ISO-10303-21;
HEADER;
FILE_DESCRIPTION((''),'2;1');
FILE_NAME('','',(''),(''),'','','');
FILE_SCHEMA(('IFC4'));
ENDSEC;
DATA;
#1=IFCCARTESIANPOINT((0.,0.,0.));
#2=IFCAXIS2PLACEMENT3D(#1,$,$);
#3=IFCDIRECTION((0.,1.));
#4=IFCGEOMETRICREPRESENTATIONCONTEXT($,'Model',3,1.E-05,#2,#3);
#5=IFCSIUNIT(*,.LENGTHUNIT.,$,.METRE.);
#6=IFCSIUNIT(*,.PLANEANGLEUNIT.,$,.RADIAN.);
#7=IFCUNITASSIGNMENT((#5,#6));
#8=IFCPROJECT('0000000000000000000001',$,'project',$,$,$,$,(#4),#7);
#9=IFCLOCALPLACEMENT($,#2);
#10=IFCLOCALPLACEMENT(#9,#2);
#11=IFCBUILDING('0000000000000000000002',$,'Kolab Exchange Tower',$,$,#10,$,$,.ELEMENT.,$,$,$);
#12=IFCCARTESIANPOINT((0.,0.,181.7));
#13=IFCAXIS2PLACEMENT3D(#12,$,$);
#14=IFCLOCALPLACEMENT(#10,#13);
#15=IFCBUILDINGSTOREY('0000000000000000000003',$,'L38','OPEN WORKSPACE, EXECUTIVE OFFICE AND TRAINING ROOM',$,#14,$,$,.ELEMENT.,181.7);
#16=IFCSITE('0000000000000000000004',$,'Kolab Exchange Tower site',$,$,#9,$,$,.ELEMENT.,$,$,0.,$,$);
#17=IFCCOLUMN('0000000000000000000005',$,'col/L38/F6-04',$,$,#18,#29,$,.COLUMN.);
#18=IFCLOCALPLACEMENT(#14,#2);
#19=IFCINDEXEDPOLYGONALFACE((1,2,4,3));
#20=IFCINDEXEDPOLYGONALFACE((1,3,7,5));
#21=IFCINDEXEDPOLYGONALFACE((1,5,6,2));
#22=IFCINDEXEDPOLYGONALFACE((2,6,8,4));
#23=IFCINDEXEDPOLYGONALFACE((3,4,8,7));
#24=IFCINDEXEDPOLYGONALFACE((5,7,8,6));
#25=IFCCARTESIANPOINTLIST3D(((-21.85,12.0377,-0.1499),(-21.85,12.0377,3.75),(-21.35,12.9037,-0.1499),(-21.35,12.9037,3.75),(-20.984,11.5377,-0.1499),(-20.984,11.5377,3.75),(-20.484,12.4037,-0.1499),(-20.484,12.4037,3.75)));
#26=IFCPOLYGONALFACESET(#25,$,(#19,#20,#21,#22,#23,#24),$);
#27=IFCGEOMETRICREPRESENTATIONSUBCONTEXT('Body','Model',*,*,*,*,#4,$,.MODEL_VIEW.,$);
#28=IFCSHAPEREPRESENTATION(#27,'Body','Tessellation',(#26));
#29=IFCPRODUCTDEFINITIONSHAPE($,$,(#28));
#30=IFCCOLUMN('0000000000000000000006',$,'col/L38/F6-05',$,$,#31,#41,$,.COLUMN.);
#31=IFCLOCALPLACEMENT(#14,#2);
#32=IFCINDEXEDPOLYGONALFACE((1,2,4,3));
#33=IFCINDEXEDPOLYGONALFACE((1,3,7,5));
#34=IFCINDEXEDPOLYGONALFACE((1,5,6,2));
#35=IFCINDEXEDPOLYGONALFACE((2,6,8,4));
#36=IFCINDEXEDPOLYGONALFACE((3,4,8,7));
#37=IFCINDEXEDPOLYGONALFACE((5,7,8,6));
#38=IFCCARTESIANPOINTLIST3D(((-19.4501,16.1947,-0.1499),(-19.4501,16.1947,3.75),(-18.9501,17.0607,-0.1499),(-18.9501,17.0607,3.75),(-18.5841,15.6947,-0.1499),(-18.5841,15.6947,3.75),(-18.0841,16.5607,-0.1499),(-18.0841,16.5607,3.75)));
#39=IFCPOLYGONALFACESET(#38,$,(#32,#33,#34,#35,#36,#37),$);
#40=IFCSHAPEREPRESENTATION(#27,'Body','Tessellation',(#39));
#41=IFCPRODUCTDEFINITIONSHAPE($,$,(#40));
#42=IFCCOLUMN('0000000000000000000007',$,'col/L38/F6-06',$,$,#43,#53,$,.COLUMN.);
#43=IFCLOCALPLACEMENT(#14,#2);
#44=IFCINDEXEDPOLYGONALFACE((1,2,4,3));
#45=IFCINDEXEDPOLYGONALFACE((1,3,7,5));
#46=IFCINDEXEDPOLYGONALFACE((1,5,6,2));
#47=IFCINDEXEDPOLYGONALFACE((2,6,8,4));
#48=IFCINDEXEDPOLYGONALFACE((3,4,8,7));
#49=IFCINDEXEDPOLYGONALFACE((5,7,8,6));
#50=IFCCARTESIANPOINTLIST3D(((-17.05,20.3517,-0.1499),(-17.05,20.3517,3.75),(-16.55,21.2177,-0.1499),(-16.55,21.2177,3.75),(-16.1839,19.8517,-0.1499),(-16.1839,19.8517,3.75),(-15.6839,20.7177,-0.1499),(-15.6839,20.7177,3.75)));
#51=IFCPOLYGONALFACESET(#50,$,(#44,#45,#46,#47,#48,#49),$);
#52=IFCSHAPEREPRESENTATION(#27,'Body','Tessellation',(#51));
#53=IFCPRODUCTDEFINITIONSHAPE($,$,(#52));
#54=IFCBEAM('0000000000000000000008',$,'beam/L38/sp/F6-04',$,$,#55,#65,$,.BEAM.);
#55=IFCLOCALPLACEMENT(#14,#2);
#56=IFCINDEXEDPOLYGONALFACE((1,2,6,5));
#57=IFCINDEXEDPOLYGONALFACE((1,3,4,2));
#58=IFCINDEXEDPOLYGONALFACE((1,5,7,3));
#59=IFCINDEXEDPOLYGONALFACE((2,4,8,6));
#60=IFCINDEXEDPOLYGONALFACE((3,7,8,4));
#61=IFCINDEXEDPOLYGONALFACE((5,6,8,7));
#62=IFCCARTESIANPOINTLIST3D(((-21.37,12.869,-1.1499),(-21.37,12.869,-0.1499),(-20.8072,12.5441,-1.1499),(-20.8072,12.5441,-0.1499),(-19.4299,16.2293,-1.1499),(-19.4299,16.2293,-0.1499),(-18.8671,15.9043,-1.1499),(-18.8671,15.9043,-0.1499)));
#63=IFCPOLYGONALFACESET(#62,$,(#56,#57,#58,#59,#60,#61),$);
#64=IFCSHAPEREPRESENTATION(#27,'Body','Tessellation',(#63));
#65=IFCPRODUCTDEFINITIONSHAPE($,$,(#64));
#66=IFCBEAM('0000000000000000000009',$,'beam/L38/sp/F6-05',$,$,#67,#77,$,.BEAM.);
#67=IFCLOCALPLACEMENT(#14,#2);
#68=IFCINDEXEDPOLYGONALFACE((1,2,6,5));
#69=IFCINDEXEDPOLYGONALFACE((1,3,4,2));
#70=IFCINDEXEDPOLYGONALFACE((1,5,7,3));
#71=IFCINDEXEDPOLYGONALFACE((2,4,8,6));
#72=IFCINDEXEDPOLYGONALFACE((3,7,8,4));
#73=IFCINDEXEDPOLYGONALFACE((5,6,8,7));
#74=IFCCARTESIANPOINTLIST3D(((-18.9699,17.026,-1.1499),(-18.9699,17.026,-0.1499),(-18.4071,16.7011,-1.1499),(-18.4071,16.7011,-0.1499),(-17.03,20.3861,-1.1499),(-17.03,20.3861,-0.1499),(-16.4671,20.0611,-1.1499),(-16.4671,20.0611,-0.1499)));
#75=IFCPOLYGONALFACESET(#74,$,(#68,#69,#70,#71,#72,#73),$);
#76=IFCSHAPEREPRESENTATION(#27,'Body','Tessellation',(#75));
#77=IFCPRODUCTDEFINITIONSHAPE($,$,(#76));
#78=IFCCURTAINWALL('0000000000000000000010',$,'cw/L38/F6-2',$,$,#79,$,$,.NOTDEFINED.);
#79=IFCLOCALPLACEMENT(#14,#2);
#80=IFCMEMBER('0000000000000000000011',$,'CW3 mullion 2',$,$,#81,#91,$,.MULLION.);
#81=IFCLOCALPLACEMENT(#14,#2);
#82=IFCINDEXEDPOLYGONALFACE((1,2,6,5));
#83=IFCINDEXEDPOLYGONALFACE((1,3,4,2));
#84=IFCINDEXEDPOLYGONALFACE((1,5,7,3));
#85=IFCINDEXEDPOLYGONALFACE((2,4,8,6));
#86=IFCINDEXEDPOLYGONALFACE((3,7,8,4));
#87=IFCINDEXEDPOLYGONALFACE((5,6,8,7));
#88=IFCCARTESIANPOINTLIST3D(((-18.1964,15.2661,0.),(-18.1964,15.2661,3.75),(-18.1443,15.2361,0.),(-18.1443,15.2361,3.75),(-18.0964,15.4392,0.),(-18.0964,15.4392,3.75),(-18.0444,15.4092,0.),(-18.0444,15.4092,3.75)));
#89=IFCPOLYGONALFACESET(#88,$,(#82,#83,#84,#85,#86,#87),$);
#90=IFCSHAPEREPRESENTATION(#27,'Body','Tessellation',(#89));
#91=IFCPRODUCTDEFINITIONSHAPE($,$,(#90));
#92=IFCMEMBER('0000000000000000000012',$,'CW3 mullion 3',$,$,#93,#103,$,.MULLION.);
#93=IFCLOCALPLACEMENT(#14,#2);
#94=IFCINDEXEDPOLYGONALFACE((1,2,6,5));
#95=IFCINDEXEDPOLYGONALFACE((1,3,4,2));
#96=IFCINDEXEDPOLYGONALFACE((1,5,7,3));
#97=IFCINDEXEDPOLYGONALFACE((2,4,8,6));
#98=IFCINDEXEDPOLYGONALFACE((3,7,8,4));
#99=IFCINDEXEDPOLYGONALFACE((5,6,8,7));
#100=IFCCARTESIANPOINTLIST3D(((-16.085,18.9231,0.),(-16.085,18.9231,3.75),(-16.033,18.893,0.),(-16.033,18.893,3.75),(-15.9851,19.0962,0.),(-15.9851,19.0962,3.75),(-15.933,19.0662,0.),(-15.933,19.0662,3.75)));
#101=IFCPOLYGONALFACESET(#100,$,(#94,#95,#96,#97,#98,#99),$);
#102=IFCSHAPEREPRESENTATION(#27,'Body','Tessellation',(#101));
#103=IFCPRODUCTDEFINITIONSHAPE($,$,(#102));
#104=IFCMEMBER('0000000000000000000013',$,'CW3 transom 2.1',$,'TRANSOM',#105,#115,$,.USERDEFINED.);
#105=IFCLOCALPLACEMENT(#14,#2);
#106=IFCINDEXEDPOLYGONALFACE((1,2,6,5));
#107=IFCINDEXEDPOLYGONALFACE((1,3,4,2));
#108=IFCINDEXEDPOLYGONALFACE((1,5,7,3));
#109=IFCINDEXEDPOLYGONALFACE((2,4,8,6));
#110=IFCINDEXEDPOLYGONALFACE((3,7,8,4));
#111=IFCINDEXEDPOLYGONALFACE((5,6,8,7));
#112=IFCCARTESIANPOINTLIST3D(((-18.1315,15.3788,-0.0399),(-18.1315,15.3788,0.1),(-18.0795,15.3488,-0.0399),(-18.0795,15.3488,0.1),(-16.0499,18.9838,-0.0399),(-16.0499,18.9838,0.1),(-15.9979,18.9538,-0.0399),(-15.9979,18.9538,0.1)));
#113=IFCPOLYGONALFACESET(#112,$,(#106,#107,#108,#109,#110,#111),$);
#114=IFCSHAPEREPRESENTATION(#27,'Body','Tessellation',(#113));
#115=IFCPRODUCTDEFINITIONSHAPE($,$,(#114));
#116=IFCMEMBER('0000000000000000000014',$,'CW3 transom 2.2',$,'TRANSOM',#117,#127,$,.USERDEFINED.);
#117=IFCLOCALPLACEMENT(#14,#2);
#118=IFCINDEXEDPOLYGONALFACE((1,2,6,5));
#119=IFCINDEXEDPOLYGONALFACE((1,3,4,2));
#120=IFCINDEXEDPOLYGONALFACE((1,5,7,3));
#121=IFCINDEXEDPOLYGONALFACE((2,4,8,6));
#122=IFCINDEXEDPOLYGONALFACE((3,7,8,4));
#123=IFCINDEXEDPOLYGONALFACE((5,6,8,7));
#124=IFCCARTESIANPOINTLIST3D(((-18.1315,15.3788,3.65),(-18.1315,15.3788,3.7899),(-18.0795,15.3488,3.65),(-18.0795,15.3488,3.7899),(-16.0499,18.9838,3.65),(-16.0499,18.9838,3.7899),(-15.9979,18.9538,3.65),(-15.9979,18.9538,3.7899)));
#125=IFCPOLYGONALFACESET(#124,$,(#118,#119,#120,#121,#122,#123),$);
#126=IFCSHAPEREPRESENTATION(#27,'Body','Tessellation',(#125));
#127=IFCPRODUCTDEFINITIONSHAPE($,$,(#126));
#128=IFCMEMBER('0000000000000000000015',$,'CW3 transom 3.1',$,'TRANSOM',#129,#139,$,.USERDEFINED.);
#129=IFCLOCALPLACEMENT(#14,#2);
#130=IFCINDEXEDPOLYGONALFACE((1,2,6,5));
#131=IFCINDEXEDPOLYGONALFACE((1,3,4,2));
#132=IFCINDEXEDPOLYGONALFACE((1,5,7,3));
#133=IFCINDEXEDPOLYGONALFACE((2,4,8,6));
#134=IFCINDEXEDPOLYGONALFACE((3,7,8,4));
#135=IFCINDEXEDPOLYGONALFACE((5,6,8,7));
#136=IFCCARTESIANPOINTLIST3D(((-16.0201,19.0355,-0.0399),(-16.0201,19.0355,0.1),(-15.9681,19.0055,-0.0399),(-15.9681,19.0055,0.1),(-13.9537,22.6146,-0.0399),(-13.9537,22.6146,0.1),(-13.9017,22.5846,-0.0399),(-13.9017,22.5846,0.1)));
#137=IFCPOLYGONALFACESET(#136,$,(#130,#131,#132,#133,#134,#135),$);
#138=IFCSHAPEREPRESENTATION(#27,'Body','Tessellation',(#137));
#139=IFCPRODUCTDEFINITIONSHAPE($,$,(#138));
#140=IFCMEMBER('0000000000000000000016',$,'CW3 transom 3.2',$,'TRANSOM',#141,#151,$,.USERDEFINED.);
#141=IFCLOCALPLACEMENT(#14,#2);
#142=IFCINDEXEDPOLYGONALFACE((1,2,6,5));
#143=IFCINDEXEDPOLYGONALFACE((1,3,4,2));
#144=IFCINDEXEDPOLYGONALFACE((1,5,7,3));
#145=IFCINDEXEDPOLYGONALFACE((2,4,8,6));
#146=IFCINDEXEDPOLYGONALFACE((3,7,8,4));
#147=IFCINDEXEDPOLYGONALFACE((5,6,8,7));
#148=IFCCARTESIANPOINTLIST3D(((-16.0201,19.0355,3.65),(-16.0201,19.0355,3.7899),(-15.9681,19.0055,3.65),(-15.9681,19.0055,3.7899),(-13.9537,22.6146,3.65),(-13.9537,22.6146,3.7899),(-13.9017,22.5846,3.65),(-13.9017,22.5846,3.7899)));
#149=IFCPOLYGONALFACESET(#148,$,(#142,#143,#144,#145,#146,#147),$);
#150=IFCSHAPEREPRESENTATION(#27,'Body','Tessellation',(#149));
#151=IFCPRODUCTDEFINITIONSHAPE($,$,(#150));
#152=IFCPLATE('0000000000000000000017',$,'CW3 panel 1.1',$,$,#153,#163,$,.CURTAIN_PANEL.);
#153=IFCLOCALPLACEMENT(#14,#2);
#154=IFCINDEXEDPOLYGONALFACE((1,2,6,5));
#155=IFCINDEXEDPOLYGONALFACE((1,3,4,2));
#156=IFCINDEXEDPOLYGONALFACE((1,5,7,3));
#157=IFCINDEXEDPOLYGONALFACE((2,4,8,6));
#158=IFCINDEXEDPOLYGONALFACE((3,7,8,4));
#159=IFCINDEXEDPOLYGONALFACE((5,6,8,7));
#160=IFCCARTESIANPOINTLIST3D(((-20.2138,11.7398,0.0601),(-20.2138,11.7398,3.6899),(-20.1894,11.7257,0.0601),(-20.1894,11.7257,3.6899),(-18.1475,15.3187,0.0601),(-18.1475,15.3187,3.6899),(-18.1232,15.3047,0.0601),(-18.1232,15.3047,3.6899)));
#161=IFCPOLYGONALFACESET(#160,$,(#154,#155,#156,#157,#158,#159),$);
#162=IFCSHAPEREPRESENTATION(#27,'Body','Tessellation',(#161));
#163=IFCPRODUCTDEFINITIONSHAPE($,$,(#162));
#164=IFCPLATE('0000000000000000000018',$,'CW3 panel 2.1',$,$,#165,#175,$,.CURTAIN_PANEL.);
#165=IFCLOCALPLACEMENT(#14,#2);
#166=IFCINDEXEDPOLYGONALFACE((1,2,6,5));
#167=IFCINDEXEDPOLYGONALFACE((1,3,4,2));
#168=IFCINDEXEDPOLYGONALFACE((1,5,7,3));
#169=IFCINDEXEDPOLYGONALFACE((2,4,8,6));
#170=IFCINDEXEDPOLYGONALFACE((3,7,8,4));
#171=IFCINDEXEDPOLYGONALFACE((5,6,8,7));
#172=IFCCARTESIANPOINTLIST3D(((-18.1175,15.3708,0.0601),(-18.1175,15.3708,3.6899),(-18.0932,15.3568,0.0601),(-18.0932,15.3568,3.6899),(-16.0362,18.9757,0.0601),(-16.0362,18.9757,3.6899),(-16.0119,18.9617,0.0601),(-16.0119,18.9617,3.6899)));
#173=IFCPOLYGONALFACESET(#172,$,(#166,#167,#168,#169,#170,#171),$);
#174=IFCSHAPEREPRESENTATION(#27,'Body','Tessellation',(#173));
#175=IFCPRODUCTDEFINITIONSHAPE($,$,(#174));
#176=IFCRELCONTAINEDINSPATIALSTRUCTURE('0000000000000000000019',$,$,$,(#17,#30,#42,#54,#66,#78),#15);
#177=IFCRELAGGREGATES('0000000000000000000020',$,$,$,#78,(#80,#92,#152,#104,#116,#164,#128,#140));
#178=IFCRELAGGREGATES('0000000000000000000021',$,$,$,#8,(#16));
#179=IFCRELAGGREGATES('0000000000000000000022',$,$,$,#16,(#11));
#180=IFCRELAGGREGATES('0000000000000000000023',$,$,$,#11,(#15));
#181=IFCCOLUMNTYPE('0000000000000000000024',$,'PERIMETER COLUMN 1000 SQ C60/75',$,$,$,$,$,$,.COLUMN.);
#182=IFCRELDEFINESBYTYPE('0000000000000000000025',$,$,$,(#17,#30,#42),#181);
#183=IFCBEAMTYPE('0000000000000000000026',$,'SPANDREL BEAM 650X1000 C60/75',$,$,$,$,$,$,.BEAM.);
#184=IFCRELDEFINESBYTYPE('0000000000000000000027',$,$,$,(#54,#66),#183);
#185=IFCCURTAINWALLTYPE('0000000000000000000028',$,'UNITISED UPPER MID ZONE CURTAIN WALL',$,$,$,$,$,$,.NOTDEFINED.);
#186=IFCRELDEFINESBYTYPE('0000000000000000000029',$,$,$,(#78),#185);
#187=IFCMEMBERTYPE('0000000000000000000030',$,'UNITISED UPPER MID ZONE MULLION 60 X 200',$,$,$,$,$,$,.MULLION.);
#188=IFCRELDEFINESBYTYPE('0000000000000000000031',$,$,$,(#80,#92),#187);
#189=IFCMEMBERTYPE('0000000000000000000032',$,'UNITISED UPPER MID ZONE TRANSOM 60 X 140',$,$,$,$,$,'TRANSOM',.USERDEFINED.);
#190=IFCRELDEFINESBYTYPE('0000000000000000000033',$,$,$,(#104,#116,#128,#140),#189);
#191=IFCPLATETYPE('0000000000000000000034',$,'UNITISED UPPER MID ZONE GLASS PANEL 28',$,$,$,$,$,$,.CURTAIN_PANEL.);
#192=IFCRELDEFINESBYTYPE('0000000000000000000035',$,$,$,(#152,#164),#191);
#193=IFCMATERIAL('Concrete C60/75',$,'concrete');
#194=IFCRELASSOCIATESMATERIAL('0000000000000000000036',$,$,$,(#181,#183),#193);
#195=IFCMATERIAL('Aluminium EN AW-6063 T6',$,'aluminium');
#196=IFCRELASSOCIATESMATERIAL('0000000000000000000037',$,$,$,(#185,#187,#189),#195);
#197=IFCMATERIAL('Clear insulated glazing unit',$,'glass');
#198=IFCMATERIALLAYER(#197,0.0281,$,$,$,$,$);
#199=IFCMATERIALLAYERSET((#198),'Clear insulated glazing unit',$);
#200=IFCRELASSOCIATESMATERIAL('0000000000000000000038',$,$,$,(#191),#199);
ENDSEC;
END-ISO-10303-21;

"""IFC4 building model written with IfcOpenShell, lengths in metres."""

from ifc_helpers import new_model, si_unit, direction, frame, origin, origin_2d, place, context, subcontext, project, spatial, rectangle, extrude, material, layer, layer_set, material_profile, profile_set, type_object, element, aggregate, save


model = new_model("IFC4")

# Units and contexts
model_context = context("Model", 3, precision=1e-05, world=origin(), true_north=direction((0.0, 1.0)))
body_context = subcontext(model_context, "Body", "Model", "MODEL_VIEW")
ifc_project = project(units=[si_unit("LENGTHUNIT", "METRE"), si_unit("PLANEANGLEUNIT", "RADIAN")], contexts=[model_context])

# Site, building, storey
site_placement = place(None, origin())
site = spatial("IfcSite", under=ifc_project, at=site_placement, Name="Kolab Exchange Tower site", CompositionType="ELEMENT", RefElevation=0.0)
building_placement = place(site_placement, origin())
building = spatial("IfcBuilding", under=site, at=building_placement, Name="Kolab Exchange Tower", CompositionType="ELEMENT")
storey_placement = place(building_placement, frame((0.0, 0.0, 181.7)))
storey = spatial("IfcBuildingStorey", under=building, at=storey_placement, Name="L38", Description="OPEN WORKSPACE, EXECUTIVE OFFICE AND TRAINING ROOM", CompositionType="ELEMENT", Elevation=181.7)

# Columns
ifc_material_1 = material(Name="Concrete C60/75", Category="concrete")
ifc_material_profile_1 = material_profile(ifc_material_1, rectangle(XDim=1.0, YDim=1.0, at=origin_2d()), Name="RC1000")
ifc_profile_set_1 = profile_set([ifc_material_profile_1], Name="Concrete C60/75")
column_type = type_object("IfcColumnType", Name="PERIMETER COLUMN 1000 SQ C60/75", PredefinedType="COLUMN", material=ifc_profile_set_1)
for number, where, z_axis, x_axis, name in (
    (1, (-21.167, 12.2207, -0.1499), (0.0, 0.0, 1.0), (0.5, 0.866025, 0.0), "col/L38/F6-04"),
    (2, (-18.7671, 16.3777, -0.1499), (0.0, 0.0, 1.0), (0.5, 0.866025, 0.0), "col/L38/F6-05"),
    (3, (-16.3669, 20.5347, -0.1499), (0.0, 0.0, 1.0), (0.5, 0.866025, 0.0), "col/L38/F6-06"),
):
    element("IfcColumn", number, at=place(storey_placement, frame(where, z_axis=z_axis, x_axis=x_axis)), inside=storey, type_object=column_type, Name=name, PredefinedType="COLUMN", context=body_context, shape_type="SweptSolid", body=[
        extrude(rectangle(XDim=1.0, YDim=1.0, at=origin_2d()), origin(), (0.0, 0.0, 1.0), 3.8999),
    ])

# Beams
ifc_material_profile_2 = material_profile(ifc_material_1, rectangle(XDim=0.6499, YDim=1.0, at=origin_2d()), Name="RC650X1000")
ifc_profile_set_2 = profile_set([ifc_material_profile_2], Name="Concrete C60/75")
beam_type = type_object("IfcBeamType", Name="SPANDREL BEAM 650X1000 C60/75", PredefinedType="BEAM", material=ifc_profile_set_2)
beam_1_placement = place(storey_placement, frame((-21.0886, 12.7065, -0.6499), z_axis=(0.500017, 0.866016, 0.0), x_axis=(-0.866016, 0.500017, 0.0)))
element("IfcBeam", 4, at=beam_1_placement, inside=storey, type_object=beam_type, Name="beam/L38/sp/F6-04", PredefinedType="BEAM", context=body_context, shape_type="SweptSolid", body=[
    extrude(rectangle(XDim=0.6499, YDim=1.0, at=origin_2d()), origin(), (0.0, 0.0, 1.0), 3.8801),
])
beam_2_placement = place(storey_placement, frame((-18.6885, 16.8635, -0.6499), z_axis=(0.499997, 0.866027, 0.0), x_axis=(-0.866027, 0.499997, 0.0)))
element("IfcBeam", 5, at=beam_2_placement, inside=storey, type_object=beam_type, Name="beam/L38/sp/F6-05", PredefinedType="BEAM", context=body_context, shape_type="SweptSolid", body=[
    extrude(rectangle(XDim=0.6499, YDim=1.0, at=origin_2d()), origin(), (0.0, 0.0, 1.0), 3.8799),
])

# Curtain wall, members, plates
ifc_material_2 = material(Name="Aluminium EN AW-6063 T6", Category="aluminium")
curtain_wall_type = type_object("IfcCurtainWallType", Name="UNITISED UPPER MID ZONE CURTAIN WALL", PredefinedType="NOTDEFINED", material=ifc_material_2)
curtain_wall_placement = place(storey_placement, origin())
curtain_wall = element("IfcCurtainWall", 6, at=curtain_wall_placement, inside=storey, type_object=curtain_wall_type, Name="cw/L38/F6-2", PredefinedType="NOTDEFINED")
ifc_material_profile_3 = material_profile(ifc_material_2, rectangle(XDim=0.0601, YDim=0.2, at=origin_2d()), Name="RECT 60X200")
ifc_profile_set_3 = profile_set([ifc_material_profile_3], Name="Aluminium EN AW-6063 T6")
member_type_1 = type_object("IfcMemberType", Name="UNITISED UPPER MID ZONE MULLION 60 X 200", PredefinedType="MULLION", material=ifc_profile_set_3)
member_1_placement = place(storey_placement, frame((-18.1204, 15.3376, 0.0), z_axis=(0.0, 0.0, 1.0), x_axis=(-0.866025, 0.5, 0.0)))
member_1 = element("IfcMember", 7, at=member_1_placement, type_object=member_type_1, Name="CW3 mullion 2", PredefinedType="MULLION", context=body_context, shape_type="SweptSolid", body=[
    extrude(rectangle(XDim=0.0601, YDim=0.2, at=origin_2d()), origin(), (0.0, 0.0, 1.0), 3.75),
])
member_2_placement = place(storey_placement, frame((-16.009, 18.9946, 0.0), z_axis=(0.0, 0.0, 1.0), x_axis=(-0.866025, 0.5, 0.0)))
member_2 = element("IfcMember", 8, at=member_2_placement, type_object=member_type_1, Name="CW3 mullion 3", PredefinedType="MULLION", context=body_context, shape_type="SweptSolid", body=[
    extrude(rectangle(XDim=0.0601, YDim=0.2, at=origin_2d()), origin(), (0.0, 0.0, 1.0), 3.75),
])
ifc_material_profile_4 = material_profile(ifc_material_2, rectangle(XDim=0.0601, YDim=0.1399, at=origin_2d()), Name="RECT 60X140")
ifc_profile_set_4 = profile_set([ifc_material_profile_4], Name="Aluminium EN AW-6063 T6")
member_type_2 = type_object("IfcMemberType", Name="UNITISED UPPER MID ZONE TRANSOM 60 X 140", ElementType="TRANSOM", PredefinedType="USERDEFINED", material=ifc_profile_set_4)
member_3_placement = place(storey_placement, frame((-18.1055, 15.3638, 0.03), z_axis=(0.500037, 0.866004, 0.0), x_axis=(-0.866004, 0.500037, 0.0)))
member_3 = element("IfcMember", 9, at=member_3_placement, type_object=member_type_2, Name="CW3 transom 2.1", ObjectType="TRANSOM", PredefinedType="USERDEFINED", context=body_context, shape_type="SweptSolid", body=[
    extrude(rectangle(XDim=0.0601, YDim=0.1399, at=origin_2d()), origin(), (0.0, 0.0, 1.0), 4.1628),
])
member_4_placement = place(storey_placement, frame((-18.1055, 15.3638, 3.72), z_axis=(0.500037, 0.866004, 0.0), x_axis=(-0.866004, 0.500037, 0.0)))
member_4 = element("IfcMember", 10, at=member_4_placement, type_object=member_type_2, Name="CW3 transom 2.2", ObjectType="TRANSOM", PredefinedType="USERDEFINED", context=body_context, shape_type="SweptSolid", body=[
    extrude(rectangle(XDim=0.0601, YDim=0.1399, at=origin_2d()), origin(), (0.0, 0.0, 1.0), 4.1628),
])
member_5_placement = place(storey_placement, frame((-15.9941, 19.0205, 0.03), z_axis=(0.500002, 0.866024, 0.0), x_axis=(-0.866024, 0.500002, 0.0)))
member_5 = element("IfcMember", 11, at=member_5_placement, type_object=member_type_2, Name="CW3 transom 3.1", ObjectType="TRANSOM", PredefinedType="USERDEFINED", context=body_context, shape_type="SweptSolid", body=[
    extrude(rectangle(XDim=0.0601, YDim=0.1399, at=origin_2d()), origin(), (0.0, 0.0, 1.0), 4.1328),
])
member_6_placement = place(storey_placement, frame((-15.9941, 19.0205, 3.72), z_axis=(0.500002, 0.866024, 0.0), x_axis=(-0.866024, 0.500002, 0.0)))
member_6 = element("IfcMember", 12, at=member_6_placement, type_object=member_type_2, Name="CW3 transom 3.2", ObjectType="TRANSOM", PredefinedType="USERDEFINED", context=body_context, shape_type="SweptSolid", body=[
    extrude(rectangle(XDim=0.0601, YDim=0.1399, at=origin_2d()), origin(), (0.0, 0.0, 1.0), 4.1328),
])
ifc_material_3 = material(Name="Clear insulated glazing unit", Category="glass")
ifc_layer_1 = layer(ifc_material_3, 0.0281)
ifc_layer_set_1 = layer_set([ifc_layer_1], Name="Clear insulated glazing unit")
plate_type = type_object("IfcPlateType", Name="UNITISED UPPER MID ZONE GLASS PANEL 28", PredefinedType="CURTAIN_PANEL", material=ifc_layer_set_1)
plate_1_placement = place(storey_placement, frame((-19.1685, 13.5222, 0.0601), z_axis=(0.0, 0.0, 1.0), x_axis=(0.5, 0.866025, 0.0)))
plate_1 = element("IfcPlate", 13, at=plate_1_placement, type_object=plate_type, Name="CW3 panel 1.1", PredefinedType="CURTAIN_PANEL", context=body_context, shape_type="SweptSolid", body=[
    extrude(rectangle(XDim=4.1326, YDim=0.0281, at=origin_2d()), origin(), (0.0, 0.0, 1.0), 3.6299),
])
plate_2_placement = place(storey_placement, frame((-17.0647, 17.1663, 0.0601), z_axis=(0.0, 0.0, 1.0), x_axis=(0.5, 0.866025, 0.0)))
plate_2 = element("IfcPlate", 14, at=plate_2_placement, type_object=plate_type, Name="CW3 panel 2.1", PredefinedType="CURTAIN_PANEL", context=body_context, shape_type="SweptSolid", body=[
    extrude(rectangle(XDim=4.1626, YDim=0.0281, at=origin_2d()), origin(), (0.0, 0.0, 1.0), 3.6299),
])
aggregate(curtain_wall, [member_1, member_2, plate_1, member_3, member_4, plate_2, member_5, member_6])

save(model, "model.ifc")
